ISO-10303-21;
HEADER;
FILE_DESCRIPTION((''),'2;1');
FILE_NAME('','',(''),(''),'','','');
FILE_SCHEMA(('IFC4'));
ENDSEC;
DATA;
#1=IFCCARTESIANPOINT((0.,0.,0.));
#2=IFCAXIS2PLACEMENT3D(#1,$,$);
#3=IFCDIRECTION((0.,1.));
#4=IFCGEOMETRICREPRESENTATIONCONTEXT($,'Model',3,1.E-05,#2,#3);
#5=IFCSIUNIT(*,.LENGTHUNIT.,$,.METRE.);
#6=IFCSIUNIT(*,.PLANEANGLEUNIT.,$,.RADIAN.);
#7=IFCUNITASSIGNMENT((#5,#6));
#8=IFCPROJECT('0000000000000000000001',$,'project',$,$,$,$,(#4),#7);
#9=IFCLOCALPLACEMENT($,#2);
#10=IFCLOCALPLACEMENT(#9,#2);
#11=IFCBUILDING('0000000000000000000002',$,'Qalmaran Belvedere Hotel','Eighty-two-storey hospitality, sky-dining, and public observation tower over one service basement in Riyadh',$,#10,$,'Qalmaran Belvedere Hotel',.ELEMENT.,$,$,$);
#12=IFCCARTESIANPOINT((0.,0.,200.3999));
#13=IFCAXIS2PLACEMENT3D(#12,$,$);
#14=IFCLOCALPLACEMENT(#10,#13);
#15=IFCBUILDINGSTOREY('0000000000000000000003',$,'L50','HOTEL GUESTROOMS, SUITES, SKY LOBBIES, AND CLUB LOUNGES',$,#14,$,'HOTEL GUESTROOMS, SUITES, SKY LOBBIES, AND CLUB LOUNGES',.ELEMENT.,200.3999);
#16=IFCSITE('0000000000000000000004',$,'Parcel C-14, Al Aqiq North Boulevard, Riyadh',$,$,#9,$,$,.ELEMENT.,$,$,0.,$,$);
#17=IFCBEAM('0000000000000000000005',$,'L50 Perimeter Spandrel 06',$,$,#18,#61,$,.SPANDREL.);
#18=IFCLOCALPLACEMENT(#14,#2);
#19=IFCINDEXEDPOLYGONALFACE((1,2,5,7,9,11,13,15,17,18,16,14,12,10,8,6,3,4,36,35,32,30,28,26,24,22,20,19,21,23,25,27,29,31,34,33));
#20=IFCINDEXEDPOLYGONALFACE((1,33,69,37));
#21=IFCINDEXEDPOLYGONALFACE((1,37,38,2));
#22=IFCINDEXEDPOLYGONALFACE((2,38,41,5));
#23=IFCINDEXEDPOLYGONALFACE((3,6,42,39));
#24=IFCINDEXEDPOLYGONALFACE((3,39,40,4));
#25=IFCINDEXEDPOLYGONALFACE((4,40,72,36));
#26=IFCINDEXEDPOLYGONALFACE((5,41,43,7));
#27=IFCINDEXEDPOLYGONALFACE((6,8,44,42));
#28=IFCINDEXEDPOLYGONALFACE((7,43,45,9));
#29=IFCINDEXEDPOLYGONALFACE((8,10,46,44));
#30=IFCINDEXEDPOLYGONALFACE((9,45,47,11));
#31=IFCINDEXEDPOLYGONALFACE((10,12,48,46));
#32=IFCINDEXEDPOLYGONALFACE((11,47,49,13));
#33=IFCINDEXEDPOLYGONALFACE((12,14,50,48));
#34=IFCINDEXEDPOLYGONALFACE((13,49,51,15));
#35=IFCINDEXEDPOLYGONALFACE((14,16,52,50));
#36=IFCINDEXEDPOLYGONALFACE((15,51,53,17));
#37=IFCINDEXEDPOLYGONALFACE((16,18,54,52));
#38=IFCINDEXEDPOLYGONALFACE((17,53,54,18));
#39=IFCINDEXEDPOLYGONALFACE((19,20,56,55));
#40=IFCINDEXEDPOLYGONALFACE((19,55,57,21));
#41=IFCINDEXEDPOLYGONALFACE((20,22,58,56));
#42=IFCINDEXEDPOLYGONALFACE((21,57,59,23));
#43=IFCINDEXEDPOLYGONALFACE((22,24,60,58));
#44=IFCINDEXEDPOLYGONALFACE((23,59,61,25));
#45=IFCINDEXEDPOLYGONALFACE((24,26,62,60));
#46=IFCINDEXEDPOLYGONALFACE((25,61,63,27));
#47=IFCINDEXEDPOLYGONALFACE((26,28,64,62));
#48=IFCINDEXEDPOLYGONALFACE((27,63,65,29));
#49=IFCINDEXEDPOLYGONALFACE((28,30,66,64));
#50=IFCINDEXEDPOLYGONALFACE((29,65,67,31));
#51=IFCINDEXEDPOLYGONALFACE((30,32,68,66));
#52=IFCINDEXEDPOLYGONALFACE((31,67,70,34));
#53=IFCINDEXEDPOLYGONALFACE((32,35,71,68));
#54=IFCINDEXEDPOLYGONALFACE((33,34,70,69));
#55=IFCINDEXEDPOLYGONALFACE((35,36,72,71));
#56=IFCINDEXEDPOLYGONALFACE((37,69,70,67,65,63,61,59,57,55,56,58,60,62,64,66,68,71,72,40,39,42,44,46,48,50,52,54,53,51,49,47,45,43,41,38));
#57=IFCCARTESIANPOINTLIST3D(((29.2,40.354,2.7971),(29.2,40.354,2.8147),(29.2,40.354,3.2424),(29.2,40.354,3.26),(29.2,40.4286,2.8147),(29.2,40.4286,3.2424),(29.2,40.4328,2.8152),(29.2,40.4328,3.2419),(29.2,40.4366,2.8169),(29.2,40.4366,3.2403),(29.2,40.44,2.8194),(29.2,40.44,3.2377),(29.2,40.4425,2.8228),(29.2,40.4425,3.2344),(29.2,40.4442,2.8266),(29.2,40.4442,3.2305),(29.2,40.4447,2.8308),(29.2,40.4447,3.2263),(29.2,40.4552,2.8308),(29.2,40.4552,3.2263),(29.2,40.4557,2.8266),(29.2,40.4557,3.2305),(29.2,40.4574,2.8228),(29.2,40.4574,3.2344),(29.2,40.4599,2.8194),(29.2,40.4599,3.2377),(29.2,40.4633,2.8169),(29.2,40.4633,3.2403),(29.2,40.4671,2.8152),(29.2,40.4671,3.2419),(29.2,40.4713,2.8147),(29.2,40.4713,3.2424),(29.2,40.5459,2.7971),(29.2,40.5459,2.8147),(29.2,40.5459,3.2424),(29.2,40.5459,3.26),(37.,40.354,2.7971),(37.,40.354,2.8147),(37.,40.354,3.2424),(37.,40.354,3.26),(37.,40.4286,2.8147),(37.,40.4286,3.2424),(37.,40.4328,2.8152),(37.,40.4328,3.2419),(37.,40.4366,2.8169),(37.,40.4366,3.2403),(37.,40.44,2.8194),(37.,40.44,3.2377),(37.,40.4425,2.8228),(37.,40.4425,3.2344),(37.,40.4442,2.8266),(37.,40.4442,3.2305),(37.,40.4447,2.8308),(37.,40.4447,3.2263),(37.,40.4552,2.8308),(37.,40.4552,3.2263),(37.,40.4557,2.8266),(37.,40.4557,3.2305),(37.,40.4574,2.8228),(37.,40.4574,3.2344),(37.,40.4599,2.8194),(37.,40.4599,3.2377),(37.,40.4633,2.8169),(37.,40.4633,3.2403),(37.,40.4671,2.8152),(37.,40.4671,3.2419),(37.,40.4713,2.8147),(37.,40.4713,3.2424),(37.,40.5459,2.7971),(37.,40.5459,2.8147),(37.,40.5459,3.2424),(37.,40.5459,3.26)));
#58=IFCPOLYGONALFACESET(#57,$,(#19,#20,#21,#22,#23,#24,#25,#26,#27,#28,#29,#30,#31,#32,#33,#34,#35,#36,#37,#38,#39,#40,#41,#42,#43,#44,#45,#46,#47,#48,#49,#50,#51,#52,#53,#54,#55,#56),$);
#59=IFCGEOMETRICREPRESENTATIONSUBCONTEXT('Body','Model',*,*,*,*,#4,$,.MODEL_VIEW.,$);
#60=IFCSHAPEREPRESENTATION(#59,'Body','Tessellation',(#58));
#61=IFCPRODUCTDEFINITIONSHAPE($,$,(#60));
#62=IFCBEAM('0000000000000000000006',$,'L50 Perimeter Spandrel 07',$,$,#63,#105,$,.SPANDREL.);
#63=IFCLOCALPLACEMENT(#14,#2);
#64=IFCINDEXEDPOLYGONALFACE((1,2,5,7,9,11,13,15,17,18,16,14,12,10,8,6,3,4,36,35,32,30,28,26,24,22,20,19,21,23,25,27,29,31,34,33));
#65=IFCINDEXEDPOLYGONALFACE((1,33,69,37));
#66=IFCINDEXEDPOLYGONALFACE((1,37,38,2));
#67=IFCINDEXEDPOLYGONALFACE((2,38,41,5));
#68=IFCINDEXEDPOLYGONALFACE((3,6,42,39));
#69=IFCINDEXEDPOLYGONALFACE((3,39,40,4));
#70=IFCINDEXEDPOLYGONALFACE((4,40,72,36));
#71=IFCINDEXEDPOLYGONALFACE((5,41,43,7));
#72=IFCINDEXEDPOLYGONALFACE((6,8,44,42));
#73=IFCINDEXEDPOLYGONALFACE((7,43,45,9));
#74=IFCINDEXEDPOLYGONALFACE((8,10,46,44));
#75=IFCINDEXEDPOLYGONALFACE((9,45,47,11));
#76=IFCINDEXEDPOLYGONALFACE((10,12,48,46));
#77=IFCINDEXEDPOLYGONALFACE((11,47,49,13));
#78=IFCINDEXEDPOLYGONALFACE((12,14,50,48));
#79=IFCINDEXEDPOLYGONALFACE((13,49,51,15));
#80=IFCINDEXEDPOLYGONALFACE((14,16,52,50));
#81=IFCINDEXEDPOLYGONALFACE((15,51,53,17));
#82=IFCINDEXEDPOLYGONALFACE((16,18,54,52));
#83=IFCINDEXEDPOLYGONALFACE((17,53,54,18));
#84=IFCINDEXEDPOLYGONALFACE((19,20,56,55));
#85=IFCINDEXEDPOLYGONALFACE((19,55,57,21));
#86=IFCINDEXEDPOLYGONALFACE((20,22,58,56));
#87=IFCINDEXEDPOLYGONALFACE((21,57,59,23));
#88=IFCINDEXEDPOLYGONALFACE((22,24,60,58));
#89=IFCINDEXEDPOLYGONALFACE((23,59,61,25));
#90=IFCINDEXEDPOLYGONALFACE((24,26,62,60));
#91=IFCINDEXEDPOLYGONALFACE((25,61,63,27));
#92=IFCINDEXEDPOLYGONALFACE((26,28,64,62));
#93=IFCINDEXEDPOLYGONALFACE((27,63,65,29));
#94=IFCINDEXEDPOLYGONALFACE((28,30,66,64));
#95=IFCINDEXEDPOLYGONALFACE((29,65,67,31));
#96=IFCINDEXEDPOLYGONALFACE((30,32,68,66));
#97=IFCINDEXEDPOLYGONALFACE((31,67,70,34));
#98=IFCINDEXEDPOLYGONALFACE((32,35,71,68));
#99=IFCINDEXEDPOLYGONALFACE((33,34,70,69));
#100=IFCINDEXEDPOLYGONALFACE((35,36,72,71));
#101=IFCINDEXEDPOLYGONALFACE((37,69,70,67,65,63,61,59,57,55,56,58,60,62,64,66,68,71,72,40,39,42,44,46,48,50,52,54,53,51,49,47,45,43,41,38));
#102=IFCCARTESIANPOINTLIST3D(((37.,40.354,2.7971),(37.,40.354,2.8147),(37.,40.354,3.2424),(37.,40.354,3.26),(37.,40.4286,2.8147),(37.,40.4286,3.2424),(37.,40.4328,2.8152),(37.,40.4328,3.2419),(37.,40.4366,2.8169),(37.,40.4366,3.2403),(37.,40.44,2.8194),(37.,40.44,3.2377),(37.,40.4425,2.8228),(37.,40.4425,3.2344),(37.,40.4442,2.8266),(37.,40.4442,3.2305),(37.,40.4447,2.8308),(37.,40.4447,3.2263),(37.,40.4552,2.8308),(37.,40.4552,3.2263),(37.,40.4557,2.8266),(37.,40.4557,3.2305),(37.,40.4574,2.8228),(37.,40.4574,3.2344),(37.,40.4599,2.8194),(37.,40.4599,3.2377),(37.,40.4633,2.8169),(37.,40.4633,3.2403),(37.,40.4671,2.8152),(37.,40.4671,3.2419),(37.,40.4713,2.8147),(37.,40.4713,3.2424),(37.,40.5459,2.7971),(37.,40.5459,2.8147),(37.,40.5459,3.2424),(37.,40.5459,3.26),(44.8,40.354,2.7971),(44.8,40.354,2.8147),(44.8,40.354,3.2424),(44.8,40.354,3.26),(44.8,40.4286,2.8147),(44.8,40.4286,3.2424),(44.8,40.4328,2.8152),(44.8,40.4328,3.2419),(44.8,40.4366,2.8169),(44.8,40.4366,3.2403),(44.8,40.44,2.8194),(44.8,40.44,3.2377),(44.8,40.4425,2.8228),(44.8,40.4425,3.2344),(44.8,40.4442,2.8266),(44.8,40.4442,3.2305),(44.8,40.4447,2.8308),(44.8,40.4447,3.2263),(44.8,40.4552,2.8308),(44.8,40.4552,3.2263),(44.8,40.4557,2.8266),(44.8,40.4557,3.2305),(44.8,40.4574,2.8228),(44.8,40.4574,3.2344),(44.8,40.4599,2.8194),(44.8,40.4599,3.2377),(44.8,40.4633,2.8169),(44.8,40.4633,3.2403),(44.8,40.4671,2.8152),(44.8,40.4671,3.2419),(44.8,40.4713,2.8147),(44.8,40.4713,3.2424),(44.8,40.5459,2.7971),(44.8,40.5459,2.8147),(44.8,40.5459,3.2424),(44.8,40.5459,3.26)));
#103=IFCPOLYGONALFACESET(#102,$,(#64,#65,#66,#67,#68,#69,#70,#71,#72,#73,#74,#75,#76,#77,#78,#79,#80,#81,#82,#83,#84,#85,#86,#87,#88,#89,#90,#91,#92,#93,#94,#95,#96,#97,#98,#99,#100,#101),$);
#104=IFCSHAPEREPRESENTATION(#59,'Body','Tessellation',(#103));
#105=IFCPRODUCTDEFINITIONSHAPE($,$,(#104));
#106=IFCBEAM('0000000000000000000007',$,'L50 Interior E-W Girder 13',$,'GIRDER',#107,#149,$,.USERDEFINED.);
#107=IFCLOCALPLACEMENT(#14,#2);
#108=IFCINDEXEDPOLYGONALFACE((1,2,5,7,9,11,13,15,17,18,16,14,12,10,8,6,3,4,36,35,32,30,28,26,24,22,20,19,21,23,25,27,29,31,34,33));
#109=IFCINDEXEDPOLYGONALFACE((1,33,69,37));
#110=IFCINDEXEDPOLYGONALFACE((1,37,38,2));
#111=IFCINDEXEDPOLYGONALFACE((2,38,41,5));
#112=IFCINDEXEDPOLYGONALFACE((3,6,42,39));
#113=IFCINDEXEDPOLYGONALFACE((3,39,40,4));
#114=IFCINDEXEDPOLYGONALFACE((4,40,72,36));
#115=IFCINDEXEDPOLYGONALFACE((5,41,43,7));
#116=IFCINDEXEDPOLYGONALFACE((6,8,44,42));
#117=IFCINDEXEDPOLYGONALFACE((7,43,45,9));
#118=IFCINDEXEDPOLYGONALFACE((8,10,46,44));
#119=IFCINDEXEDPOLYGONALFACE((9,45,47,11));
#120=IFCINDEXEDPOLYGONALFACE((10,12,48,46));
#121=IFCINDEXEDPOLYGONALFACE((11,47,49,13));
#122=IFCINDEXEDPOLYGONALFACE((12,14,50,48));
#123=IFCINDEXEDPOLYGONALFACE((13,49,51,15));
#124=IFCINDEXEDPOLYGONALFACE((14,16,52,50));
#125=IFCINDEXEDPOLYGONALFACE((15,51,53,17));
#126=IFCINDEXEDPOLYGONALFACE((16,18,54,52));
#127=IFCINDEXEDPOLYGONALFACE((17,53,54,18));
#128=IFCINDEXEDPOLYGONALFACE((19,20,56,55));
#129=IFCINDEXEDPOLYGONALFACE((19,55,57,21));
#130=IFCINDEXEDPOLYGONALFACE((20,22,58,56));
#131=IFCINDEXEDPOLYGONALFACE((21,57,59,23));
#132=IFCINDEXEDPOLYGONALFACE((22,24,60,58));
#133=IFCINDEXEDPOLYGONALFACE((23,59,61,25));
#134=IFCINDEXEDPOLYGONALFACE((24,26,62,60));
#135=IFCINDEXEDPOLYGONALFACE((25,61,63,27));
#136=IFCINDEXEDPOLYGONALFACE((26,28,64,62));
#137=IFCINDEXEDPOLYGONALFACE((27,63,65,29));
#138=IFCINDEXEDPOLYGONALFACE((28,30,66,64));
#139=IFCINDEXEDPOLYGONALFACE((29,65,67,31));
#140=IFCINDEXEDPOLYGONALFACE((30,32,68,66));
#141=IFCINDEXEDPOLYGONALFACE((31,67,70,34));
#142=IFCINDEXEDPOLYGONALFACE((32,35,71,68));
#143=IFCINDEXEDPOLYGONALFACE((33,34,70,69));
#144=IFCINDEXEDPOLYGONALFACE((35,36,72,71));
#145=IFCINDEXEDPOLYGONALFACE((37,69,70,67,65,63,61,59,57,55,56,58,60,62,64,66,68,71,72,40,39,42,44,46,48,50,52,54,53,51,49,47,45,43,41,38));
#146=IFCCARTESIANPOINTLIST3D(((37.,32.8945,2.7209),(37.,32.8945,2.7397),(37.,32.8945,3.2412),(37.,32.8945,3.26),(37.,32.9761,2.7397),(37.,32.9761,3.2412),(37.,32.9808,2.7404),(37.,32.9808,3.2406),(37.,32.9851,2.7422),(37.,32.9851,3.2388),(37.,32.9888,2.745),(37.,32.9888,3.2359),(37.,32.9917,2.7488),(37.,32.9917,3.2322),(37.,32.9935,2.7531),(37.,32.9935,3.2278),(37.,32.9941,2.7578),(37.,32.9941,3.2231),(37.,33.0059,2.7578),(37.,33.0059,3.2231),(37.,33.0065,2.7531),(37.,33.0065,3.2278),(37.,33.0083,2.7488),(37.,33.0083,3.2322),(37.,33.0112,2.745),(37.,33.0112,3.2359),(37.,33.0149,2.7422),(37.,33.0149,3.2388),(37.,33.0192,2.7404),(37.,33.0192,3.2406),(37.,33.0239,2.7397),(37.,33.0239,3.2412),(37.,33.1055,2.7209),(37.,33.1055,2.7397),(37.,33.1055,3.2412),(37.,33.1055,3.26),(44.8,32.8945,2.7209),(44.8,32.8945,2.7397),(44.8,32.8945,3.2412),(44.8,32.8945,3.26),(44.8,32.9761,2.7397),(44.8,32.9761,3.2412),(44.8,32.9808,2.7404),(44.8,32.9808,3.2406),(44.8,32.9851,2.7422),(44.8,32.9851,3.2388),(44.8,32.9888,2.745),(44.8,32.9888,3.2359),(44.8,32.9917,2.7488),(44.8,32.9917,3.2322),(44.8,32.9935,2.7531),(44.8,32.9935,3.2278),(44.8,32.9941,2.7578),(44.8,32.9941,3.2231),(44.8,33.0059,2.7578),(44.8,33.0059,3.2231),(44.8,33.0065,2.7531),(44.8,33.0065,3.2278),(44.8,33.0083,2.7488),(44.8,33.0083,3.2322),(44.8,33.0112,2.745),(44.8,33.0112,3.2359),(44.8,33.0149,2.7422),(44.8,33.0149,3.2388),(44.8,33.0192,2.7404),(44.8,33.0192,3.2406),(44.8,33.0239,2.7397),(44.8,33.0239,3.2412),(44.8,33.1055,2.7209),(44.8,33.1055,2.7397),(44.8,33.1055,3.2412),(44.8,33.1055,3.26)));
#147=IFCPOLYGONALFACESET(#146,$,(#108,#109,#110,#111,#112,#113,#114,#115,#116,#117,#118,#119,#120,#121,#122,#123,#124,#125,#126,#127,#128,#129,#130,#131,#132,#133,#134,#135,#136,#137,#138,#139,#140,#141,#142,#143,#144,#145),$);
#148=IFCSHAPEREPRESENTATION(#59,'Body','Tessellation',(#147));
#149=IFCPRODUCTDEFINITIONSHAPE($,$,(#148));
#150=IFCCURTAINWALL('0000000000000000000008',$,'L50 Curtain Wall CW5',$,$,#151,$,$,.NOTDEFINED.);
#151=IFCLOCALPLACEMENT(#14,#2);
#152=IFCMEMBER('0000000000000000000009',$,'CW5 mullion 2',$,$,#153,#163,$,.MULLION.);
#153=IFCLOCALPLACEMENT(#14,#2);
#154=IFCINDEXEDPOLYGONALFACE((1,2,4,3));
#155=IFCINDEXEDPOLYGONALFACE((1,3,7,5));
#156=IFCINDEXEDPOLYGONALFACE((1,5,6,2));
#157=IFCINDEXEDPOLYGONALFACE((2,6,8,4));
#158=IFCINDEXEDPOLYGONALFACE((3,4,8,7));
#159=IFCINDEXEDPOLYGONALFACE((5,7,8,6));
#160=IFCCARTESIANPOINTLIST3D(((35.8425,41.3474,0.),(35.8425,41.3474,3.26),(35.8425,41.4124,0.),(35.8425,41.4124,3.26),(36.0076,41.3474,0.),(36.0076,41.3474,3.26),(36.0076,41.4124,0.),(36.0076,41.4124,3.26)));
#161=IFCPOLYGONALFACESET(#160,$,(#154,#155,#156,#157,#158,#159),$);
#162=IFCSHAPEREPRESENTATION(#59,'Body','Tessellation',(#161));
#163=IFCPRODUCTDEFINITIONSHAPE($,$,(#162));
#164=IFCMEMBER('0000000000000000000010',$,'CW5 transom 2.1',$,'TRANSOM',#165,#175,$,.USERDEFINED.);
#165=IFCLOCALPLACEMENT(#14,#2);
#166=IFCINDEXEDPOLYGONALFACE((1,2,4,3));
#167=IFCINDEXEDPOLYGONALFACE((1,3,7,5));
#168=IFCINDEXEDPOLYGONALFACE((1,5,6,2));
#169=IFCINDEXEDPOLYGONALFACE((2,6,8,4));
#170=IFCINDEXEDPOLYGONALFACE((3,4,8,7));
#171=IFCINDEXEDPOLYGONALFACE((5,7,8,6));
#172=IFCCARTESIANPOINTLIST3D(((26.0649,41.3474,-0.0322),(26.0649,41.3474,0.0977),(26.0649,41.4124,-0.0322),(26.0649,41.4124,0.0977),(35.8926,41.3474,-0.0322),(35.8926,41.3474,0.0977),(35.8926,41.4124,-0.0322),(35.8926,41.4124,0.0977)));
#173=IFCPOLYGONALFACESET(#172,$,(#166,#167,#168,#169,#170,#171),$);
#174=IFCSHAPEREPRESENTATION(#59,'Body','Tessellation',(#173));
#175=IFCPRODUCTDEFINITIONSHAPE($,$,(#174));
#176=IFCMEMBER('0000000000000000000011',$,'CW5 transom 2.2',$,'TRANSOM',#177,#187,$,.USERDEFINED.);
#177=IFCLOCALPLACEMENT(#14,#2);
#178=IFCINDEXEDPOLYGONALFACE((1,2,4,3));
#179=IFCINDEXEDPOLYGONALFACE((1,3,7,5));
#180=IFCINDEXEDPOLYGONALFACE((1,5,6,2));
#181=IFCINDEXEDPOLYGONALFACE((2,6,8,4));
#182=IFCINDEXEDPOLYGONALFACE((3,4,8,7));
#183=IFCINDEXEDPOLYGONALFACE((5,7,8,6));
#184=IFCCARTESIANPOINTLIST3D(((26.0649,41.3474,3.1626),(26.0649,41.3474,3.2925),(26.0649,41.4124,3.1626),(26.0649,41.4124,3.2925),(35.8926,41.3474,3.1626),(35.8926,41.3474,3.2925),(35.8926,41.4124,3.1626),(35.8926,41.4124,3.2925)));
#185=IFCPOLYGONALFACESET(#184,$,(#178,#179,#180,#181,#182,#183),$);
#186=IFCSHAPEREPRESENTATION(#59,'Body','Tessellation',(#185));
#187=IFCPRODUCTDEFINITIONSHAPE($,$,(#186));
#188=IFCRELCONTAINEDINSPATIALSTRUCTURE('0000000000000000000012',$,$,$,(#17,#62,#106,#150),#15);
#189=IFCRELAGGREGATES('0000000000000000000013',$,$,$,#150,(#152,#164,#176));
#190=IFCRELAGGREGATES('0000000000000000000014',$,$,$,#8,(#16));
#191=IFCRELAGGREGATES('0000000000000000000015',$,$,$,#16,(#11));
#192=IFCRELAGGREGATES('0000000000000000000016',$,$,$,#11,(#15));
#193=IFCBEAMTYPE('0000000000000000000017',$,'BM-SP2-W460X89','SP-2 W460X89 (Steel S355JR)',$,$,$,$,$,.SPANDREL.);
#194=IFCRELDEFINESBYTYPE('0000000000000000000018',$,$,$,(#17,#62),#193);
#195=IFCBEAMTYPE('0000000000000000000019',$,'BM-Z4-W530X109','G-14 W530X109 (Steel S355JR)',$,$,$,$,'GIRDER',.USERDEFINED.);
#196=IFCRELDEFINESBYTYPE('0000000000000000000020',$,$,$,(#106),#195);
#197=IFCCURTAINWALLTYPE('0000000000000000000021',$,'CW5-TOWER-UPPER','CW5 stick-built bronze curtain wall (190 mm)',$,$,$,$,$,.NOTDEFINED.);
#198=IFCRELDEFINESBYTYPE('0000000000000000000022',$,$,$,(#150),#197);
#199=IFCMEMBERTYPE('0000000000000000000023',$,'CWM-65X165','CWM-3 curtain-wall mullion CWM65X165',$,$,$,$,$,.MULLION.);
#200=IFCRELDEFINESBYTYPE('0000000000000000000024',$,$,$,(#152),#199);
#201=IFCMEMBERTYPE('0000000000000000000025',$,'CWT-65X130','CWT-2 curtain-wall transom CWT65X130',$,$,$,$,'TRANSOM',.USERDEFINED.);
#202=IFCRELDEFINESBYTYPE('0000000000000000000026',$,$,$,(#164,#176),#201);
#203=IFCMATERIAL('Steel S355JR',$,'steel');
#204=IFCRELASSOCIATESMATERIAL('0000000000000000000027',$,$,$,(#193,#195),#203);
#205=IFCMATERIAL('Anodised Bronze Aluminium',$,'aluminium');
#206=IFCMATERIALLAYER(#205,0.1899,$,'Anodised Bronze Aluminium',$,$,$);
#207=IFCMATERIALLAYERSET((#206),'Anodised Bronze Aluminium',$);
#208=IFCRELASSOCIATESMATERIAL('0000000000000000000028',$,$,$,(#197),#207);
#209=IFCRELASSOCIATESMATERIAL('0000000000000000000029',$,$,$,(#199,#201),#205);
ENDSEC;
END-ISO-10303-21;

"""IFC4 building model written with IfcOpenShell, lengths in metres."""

from ifc_helpers import new_model, si_unit, direction, frame, origin, origin_2d, place, context, subcontext, project, spatial, rectangle, i_section, extrude, material, layer, layer_set, material_profile, profile_set, type_object, element, aggregate, save


model = new_model("IFC4")

# Units and contexts
model_context = context("Model", 3, precision=1e-05, world=origin(), true_north=direction((0.0, 1.0)))
body_context = subcontext(model_context, "Body", "Model", "MODEL_VIEW")
ifc_project = project(units=[si_unit("LENGTHUNIT", "METRE"), si_unit("PLANEANGLEUNIT", "RADIAN")], contexts=[model_context])

# Site, building, storey
site_placement = place(None, origin())
site = spatial("IfcSite", under=ifc_project, at=site_placement, Name="Parcel C-14, Al Aqiq North Boulevard, Riyadh", CompositionType="ELEMENT", RefElevation=0.0)
building_placement = place(site_placement, origin())
building = spatial("IfcBuilding", under=site, at=building_placement, Name="Qalmaran Belvedere Hotel", Description="Eighty-two-storey hospitality, sky-dining, and public observation tower over one service basement in Riyadh", LongName="Qalmaran Belvedere Hotel", CompositionType="ELEMENT")
storey_placement = place(building_placement, frame((0.0, 0.0, 200.3999)))
storey = spatial("IfcBuildingStorey", under=building, at=storey_placement, Name="L50", Description="HOTEL GUESTROOMS, SUITES, SKY LOBBIES, AND CLUB LOUNGES", LongName="HOTEL GUESTROOMS, SUITES, SKY LOBBIES, AND CLUB LOUNGES", CompositionType="ELEMENT", Elevation=200.3999)

# Beams
ifc_material_1 = material(Name="Steel S355JR", Category="steel")
ifc_material_profile_1 = material_profile(ifc_material_1, i_section(OverallWidth=0.1919, OverallDepth=0.4629, WebThickness=0.0105, FlangeThickness=0.0176, FilletRadius=0.0161, at=origin_2d()), Name="W460X89")
ifc_profile_set_1 = profile_set([ifc_material_profile_1], Name="Steel S355JR")
beam_type_1 = type_object("IfcBeamType", Name="BM-SP2-W460X89", Description="SP-2 W460X89 (Steel S355JR)", PredefinedType="SPANDREL", material=ifc_profile_set_1)
for number, where, z_axis, x_axis, name in (
    (1, (29.2, 40.45, 3.0286), (1.0, 0.0, 0.0), (0.0, 1.0, 0.0), "L50 Perimeter Spandrel 06"),
    (2, (37.0, 40.45, 3.0286), (1.0, 0.0, 0.0), (0.0, 1.0, 0.0), "L50 Perimeter Spandrel 07"),
):
    element("IfcBeam", number, at=place(storey_placement, frame(where, z_axis=z_axis, x_axis=x_axis)), inside=storey, type_object=beam_type_1, Name=name, PredefinedType="SPANDREL", context=body_context, shape_type="SweptSolid", body=[
        extrude(i_section(OverallWidth=0.1919, OverallDepth=0.4629, WebThickness=0.0105, FlangeThickness=0.0176, FilletRadius=0.0161, at=origin_2d()), origin(), (0.0, 0.0, 1.0), 7.8),
    ])
ifc_material_profile_2 = material_profile(ifc_material_1, i_section(OverallWidth=0.2109, OverallDepth=0.5391, WebThickness=0.0117, FlangeThickness=0.0188, FilletRadius=0.0181, at=origin_2d()), Name="W530X109")
ifc_profile_set_2 = profile_set([ifc_material_profile_2], Name="Steel S355JR")
beam_type_2 = type_object("IfcBeamType", Name="BM-Z4-W530X109", Description="G-14 W530X109 (Steel S355JR)", ElementType="GIRDER", PredefinedType="USERDEFINED", material=ifc_profile_set_2)
beam_1_placement = place(storey_placement, frame((37.0, 33.0, 2.9905), z_axis=(1.0, 0.0, 0.0), x_axis=(0.0, 1.0, 0.0)))
element("IfcBeam", 3, at=beam_1_placement, inside=storey, type_object=beam_type_2, Name="L50 Interior E-W Girder 13", ObjectType="GIRDER", PredefinedType="USERDEFINED", context=body_context, shape_type="SweptSolid", body=[
    extrude(i_section(OverallWidth=0.2109, OverallDepth=0.5391, WebThickness=0.0117, FlangeThickness=0.0188, FilletRadius=0.0181, at=origin_2d()), origin(), (0.0, 0.0, 1.0), 7.8),
])

# Curtain wall, members
ifc_material_2 = material(Name="Anodised Bronze Aluminium", Category="aluminium")
ifc_layer_1 = layer(ifc_material_2, 0.1899, Name="Anodised Bronze Aluminium")
ifc_layer_set_1 = layer_set([ifc_layer_1], Name="Anodised Bronze Aluminium")
curtain_wall_type = type_object("IfcCurtainWallType", Name="CW5-TOWER-UPPER", Description="CW5 stick-built bronze curtain wall (190 mm)", PredefinedType="NOTDEFINED", material=ifc_layer_set_1)
curtain_wall_placement = place(storey_placement, origin())
curtain_wall = element("IfcCurtainWall", 4, at=curtain_wall_placement, inside=storey, type_object=curtain_wall_type, Name="L50 Curtain Wall CW5", PredefinedType="NOTDEFINED")
ifc_material_profile_3 = material_profile(ifc_material_2, rectangle(XDim=0.0649, YDim=0.165, at=origin_2d()), Name="CWM65X165")
ifc_profile_set_3 = profile_set([ifc_material_profile_3], Name="Anodised Bronze Aluminium")
member_type_1 = type_object("IfcMemberType", Name="CWM-65X165", Description="CWM-3 curtain-wall mullion CWM65X165", PredefinedType="MULLION", material=ifc_profile_set_3)
member_1_placement = place(storey_placement, frame((35.925, 41.3799, 0.0), z_axis=(0.0, 0.0, 1.0), x_axis=(0.0, -1.0, 0.0)))
member_1 = element("IfcMember", 5, at=member_1_placement, type_object=member_type_1, Name="CW5 mullion 2", PredefinedType="MULLION", context=body_context, shape_type="SweptSolid", body=[
    extrude(rectangle(XDim=0.0649, YDim=0.165, at=origin_2d()), origin(), (0.0, 0.0, 1.0), 3.26),
])
ifc_material_profile_4 = material_profile(ifc_material_2, rectangle(XDim=0.0649, YDim=0.1299, at=origin_2d()), Name="CWT65X130")
ifc_profile_set_4 = profile_set([ifc_material_profile_4], Name="Anodised Bronze Aluminium")
member_type_2 = type_object("IfcMemberType", Name="CWT-65X130", Description="CWT-2 curtain-wall transom CWT65X130", ElementType="TRANSOM", PredefinedType="USERDEFINED", material=ifc_profile_set_4)
member_2_placement = place(storey_placement, frame((35.8926, 41.3799, 0.0327), z_axis=(-1.0, 0.0, 0.0), x_axis=(0.0, -1.0, 0.0)))
member_2 = element("IfcMember", 6, at=member_2_placement, type_object=member_type_2, Name="CW5 transom 2.1", ObjectType="TRANSOM", PredefinedType="USERDEFINED", context=body_context, shape_type="SweptSolid", body=[
    extrude(rectangle(XDim=0.0649, YDim=0.1299, at=origin_2d()), origin(), (0.0, 0.0, 1.0), 9.8276),
])
member_3_placement = place(storey_placement, frame((35.8926, 41.3799, 3.2275), z_axis=(-1.0, 0.0, 0.0), x_axis=(0.0, -1.0, 0.0)))
member_3 = element("IfcMember", 7, at=member_3_placement, type_object=member_type_2, Name="CW5 transom 2.2", ObjectType="TRANSOM", PredefinedType="USERDEFINED", context=body_context, shape_type="SweptSolid", body=[
    extrude(rectangle(XDim=0.0649, YDim=0.1299, at=origin_2d()), origin(), (0.0, 0.0, 1.0), 9.8276),
])
aggregate(curtain_wall, [member_1, member_2, member_3])

save(model, "model.ifc")
